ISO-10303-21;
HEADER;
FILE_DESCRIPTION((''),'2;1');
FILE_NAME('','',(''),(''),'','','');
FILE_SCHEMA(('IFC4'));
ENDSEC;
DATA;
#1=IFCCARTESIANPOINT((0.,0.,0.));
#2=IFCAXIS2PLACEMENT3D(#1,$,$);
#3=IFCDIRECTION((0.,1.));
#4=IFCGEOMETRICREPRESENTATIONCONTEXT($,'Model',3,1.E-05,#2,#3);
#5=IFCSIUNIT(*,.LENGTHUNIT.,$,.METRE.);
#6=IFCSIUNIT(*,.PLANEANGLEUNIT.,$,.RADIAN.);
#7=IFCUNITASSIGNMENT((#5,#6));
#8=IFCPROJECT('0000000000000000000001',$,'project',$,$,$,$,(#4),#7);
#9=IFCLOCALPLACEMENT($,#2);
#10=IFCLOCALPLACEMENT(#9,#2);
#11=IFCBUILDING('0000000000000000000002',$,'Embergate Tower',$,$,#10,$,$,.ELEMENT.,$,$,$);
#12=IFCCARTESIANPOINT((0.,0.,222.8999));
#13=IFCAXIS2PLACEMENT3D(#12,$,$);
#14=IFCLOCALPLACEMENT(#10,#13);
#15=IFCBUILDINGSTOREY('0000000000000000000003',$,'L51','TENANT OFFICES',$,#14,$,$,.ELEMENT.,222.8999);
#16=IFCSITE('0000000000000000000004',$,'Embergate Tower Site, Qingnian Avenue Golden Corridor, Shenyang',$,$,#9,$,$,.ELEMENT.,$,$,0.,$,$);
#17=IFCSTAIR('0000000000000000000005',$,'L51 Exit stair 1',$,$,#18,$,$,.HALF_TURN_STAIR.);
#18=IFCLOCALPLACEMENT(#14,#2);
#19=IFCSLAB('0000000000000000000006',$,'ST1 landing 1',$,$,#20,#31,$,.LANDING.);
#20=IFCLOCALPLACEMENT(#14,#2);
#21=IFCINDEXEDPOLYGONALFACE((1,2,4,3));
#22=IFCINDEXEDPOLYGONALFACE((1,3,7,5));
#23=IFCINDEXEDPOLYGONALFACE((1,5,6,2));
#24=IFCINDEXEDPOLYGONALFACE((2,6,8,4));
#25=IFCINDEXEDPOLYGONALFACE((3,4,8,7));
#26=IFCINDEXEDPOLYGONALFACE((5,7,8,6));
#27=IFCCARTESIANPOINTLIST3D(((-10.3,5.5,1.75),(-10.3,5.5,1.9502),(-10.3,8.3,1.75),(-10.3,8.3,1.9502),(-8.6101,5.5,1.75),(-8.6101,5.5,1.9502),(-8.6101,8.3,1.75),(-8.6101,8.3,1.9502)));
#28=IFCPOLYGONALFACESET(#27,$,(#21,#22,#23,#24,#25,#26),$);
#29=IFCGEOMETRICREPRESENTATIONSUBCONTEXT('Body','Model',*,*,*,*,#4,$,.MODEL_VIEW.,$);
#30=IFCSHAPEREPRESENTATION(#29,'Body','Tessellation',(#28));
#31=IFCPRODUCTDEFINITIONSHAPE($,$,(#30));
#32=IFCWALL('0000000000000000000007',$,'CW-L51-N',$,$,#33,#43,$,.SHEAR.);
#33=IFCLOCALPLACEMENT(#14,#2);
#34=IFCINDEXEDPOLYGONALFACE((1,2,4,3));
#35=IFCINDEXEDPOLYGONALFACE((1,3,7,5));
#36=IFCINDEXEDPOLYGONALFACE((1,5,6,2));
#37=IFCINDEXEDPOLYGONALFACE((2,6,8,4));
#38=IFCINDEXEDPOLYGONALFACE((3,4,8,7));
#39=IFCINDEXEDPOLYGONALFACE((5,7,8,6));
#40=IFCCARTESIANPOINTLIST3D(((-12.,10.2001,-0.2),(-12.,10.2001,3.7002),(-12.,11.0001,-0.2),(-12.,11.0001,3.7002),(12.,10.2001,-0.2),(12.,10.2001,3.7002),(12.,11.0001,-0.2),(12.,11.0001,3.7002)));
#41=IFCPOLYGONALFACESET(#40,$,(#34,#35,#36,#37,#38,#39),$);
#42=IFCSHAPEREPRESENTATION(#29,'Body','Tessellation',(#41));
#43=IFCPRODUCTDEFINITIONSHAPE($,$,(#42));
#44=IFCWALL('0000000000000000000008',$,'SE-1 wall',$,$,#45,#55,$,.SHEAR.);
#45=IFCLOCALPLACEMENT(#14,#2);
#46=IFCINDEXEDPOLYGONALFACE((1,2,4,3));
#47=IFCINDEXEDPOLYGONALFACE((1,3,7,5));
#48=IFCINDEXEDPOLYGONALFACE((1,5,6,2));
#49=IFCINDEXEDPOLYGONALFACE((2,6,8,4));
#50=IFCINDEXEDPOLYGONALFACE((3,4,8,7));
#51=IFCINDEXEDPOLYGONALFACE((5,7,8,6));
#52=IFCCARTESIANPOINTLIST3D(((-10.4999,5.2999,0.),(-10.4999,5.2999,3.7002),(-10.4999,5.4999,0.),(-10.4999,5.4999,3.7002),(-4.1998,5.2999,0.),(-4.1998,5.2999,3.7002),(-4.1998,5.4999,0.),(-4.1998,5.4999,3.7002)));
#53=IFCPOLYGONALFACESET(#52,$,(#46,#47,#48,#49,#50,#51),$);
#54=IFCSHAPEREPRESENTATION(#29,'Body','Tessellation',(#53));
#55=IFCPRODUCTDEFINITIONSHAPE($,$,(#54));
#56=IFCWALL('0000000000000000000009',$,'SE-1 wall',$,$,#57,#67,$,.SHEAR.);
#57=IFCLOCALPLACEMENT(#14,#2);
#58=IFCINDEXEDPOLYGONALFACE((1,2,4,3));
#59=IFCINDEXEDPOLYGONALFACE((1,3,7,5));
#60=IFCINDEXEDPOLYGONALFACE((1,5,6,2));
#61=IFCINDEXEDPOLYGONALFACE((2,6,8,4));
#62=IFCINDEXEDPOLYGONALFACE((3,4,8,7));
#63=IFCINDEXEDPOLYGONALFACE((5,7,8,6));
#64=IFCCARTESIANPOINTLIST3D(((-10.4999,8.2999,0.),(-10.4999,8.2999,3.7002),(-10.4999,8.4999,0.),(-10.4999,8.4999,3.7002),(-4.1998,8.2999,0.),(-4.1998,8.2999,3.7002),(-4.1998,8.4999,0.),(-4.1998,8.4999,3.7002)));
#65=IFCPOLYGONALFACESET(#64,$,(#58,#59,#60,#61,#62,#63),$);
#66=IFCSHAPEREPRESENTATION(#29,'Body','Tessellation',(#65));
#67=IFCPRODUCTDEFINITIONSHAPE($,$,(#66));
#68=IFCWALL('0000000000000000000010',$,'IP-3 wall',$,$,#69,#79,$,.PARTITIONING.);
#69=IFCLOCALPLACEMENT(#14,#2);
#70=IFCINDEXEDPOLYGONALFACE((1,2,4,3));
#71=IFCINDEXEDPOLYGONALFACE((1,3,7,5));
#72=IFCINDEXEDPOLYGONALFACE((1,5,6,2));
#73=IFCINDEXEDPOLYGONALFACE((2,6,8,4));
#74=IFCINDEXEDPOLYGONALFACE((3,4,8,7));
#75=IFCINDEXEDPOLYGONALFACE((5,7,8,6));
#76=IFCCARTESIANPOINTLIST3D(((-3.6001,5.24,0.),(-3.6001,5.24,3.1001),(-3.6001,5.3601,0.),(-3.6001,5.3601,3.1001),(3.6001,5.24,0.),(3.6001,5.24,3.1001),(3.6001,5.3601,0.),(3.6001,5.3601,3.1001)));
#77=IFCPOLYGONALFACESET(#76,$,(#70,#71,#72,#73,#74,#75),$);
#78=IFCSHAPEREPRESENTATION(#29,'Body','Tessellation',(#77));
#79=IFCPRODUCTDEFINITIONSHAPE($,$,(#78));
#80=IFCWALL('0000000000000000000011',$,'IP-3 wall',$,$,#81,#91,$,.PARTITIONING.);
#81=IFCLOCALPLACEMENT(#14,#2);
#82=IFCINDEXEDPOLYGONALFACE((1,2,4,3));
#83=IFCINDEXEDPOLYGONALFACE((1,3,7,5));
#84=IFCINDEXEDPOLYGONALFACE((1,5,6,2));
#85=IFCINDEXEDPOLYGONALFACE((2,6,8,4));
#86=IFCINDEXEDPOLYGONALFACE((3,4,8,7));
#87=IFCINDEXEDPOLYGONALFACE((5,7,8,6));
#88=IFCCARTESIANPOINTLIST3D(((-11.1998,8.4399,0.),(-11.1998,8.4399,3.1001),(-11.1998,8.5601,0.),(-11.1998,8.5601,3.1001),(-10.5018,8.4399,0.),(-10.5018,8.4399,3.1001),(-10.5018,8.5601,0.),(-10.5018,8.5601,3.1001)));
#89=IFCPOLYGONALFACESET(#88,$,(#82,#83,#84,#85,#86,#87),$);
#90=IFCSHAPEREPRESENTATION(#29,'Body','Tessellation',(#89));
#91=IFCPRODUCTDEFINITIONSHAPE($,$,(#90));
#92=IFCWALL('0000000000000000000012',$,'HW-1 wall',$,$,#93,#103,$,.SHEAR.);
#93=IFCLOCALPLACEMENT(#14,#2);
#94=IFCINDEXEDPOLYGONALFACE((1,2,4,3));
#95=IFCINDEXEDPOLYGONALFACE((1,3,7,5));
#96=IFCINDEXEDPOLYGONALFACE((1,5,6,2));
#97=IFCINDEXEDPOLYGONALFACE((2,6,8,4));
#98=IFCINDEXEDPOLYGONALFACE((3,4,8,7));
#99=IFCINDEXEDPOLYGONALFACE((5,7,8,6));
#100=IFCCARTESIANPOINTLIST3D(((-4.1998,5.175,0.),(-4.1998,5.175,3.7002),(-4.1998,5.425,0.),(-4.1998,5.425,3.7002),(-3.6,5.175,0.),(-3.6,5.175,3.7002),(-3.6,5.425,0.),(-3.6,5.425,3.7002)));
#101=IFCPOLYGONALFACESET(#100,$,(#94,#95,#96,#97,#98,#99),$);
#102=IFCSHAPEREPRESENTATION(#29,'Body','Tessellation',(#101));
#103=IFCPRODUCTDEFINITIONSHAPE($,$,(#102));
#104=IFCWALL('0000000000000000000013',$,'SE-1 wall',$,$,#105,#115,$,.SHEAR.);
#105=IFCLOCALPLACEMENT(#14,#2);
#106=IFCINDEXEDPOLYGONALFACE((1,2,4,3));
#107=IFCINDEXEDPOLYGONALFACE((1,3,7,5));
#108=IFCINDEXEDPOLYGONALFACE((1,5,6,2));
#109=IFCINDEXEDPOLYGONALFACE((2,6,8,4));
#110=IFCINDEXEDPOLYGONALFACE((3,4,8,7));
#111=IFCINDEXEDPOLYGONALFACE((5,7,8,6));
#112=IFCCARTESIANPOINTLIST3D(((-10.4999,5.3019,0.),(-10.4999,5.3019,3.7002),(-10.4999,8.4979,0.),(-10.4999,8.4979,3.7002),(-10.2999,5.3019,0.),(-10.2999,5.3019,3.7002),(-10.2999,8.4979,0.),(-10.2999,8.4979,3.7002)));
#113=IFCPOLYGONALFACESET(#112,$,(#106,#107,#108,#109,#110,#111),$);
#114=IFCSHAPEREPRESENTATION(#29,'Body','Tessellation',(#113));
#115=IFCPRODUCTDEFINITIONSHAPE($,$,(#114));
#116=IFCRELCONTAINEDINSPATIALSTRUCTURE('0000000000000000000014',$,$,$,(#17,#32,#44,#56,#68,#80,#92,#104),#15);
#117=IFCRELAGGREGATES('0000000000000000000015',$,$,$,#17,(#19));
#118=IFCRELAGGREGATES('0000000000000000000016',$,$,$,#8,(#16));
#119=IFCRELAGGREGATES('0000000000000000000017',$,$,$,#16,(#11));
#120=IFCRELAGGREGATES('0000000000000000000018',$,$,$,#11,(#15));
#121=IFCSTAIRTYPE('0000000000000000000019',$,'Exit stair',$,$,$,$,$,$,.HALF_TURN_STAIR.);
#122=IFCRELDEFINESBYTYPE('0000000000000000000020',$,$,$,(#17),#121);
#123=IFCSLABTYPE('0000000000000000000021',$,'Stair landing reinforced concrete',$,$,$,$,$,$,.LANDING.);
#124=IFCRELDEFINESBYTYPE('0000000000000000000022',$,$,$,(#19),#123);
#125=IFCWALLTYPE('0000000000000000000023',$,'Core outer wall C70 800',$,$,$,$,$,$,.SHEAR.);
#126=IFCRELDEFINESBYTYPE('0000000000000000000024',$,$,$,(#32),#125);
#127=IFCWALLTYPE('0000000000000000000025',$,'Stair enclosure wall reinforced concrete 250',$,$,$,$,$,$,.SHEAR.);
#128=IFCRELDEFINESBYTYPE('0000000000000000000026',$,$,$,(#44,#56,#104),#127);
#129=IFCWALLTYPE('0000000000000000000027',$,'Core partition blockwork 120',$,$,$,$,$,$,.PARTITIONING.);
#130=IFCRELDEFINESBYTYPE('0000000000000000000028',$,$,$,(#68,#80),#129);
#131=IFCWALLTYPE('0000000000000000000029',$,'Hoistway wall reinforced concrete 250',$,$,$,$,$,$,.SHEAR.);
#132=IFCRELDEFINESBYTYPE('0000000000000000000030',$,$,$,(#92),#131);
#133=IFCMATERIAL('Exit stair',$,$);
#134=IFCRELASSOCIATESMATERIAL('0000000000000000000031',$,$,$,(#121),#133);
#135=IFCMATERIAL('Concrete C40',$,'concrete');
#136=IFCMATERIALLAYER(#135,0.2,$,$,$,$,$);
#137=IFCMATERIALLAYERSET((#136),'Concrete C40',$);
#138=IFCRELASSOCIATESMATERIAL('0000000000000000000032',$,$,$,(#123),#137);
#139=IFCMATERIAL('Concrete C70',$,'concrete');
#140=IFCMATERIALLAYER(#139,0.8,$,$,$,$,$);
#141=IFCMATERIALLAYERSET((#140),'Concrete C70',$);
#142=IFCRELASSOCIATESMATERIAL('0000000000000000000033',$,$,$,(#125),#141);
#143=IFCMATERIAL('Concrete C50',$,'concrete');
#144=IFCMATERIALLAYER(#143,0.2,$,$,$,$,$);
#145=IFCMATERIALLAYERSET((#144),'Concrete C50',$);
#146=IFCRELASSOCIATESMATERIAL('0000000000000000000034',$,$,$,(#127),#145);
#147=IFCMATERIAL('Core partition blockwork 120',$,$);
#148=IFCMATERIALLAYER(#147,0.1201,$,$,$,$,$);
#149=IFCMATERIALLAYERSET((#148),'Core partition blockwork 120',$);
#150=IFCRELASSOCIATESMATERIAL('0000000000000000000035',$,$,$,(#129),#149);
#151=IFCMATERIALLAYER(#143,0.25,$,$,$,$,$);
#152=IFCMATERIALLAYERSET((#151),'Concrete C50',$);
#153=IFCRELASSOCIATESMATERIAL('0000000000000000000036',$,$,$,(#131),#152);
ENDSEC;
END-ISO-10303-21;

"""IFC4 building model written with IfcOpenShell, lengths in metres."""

from ifc_helpers import new_model, si_unit, direction, frame, frame_2d, origin, place, context, subcontext, project, spatial, polyline, rectangle, outline, extrude, source, transform, mapped, material, layer, layer_set, type_object, element, aggregate, save


model = new_model("IFC4")

# Units and contexts
model_context = context("Model", 3, precision=1e-05, world=origin(), true_north=direction((0.0, 1.0)))
body_context = subcontext(model_context, "Body", "Model", "MODEL_VIEW")
ifc_project = project(units=[si_unit("LENGTHUNIT", "METRE"), si_unit("PLANEANGLEUNIT", "RADIAN")], contexts=[model_context])

# Site, building, storey
site_placement = place(None, origin())
site = spatial("IfcSite", under=ifc_project, at=site_placement, Name="Embergate Tower Site, Qingnian Avenue Golden Corridor, Shenyang", CompositionType="ELEMENT", RefElevation=0.0)
building_placement = place(site_placement, origin())
building = spatial("IfcBuilding", under=site, at=building_placement, Name="Embergate Tower", CompositionType="ELEMENT")
storey_placement = place(building_placement, frame((0.0, 0.0, 222.8999)))
storey = spatial("IfcBuildingStorey", under=building, at=storey_placement, Name="L51", Description="TENANT OFFICES", CompositionType="ELEMENT", Elevation=222.8999)

# Stair, slab
ifc_material_1 = material(Name="Exit stair")
stair_type = type_object("IfcStairType", Name="Exit stair", PredefinedType="HALF_TURN_STAIR", material=ifc_material_1)
stair_placement = place(storey_placement, origin())
stair = element("IfcStair", 1, at=stair_placement, inside=storey, type_object=stair_type, Name="L51 Exit stair 1", PredefinedType="HALF_TURN_STAIR")
ifc_material_2 = material(Name="Concrete C40", Category="concrete")
ifc_layer_1 = layer(ifc_material_2, 0.2)
ifc_layer_set_1 = layer_set([ifc_layer_1], Name="Concrete C40")
slab_type = type_object("IfcSlabType", Name="Stair landing reinforced concrete", PredefinedType="LANDING", material=ifc_layer_set_1)
shared_shape_1 = source(origin(), body_context, "Body", "SweptSolid", [
    extrude(outline(polyline([(0.0, 0.0), (1.6899, 0.0), (1.6899, 2.8), (0.0, 2.8), (0.0, 0.0)])), origin(), (0.0, 0.0, 1.0), 0.2002),
])
slab_placement = place(storey_placement, frame((-10.3, 5.5, 1.75)))
slab = element("IfcSlab", 2, at=slab_placement, type_object=slab_type, Name="ST1 landing 1", PredefinedType="LANDING", context=body_context, shape_type="MappedRepresentation", body=[
    mapped(shared_shape_1, transform((0.0, 0.0, 0.0))),
])

# Walls
ifc_material_3 = material(Name="Concrete C70", Category="concrete")
ifc_layer_2 = layer(ifc_material_3, 0.8)
ifc_layer_set_2 = layer_set([ifc_layer_2], Name="Concrete C70")
wall_type_1 = type_object("IfcWallType", Name="Core outer wall C70 800", PredefinedType="SHEAR", material=ifc_layer_set_2)
shared_shape_2 = source(origin(), body_context, "Body", "SweptSolid", [
    extrude(rectangle(XDim=24.0, YDim=0.8, at=frame_2d((12.0, 0.0))), origin(), (0.0, 0.0, 1.0), 3.9001),
])
wall_1_placement = place(storey_placement, frame((-12.0, 10.6001, -0.2), z_axis=(0.0, 0.0, 1.0), x_axis=(1.0, 0.0, 0.0)))
element("IfcWall", 3, at=wall_1_placement, inside=storey, type_object=wall_type_1, Name="CW-L51-N", PredefinedType="SHEAR", context=body_context, shape_type="MappedRepresentation", body=[
    mapped(shared_shape_2, transform((0.0, 0.0, 0.0))),
])
ifc_material_4 = material(Name="Concrete C50", Category="concrete")
ifc_layer_3 = layer(ifc_material_4, 0.2)
ifc_layer_set_3 = layer_set([ifc_layer_3], Name="Concrete C50")
wall_type_2 = type_object("IfcWallType", Name="Stair enclosure wall reinforced concrete 250", PredefinedType="SHEAR", material=ifc_layer_set_3)
shared_shape_3 = source(origin(), body_context, "Body", "SweptSolid", [
    extrude(rectangle(XDim=6.3, YDim=0.2, at=frame_2d((3.1499, 0.0))), origin(), (0.0, 0.0, 1.0), 3.7002),
])
for number, where, z_axis, x_axis, name in (
    (4, (-4.2, 5.3999, 0.0), (0.0, 0.0, 1.0), (-1.0, 0.0, 0.0), "SE-1 wall"),
    (5, (-4.2, 8.3999, 0.0), (0.0, 0.0, 1.0), (-1.0, 0.0, 0.0), "SE-1 wall"),
):
    element("IfcWall", number, at=place(storey_placement, frame(where, z_axis=z_axis, x_axis=x_axis)), inside=storey, type_object=wall_type_2, Name=name, PredefinedType="SHEAR", context=body_context, shape_type="MappedRepresentation", body=[
        mapped(shared_shape_3, transform((0.0, 0.0, 0.0))),
    ])
ifc_material_5 = material(Name="Core partition blockwork 120")
ifc_layer_4 = layer(ifc_material_5, 0.1201)
ifc_layer_set_4 = layer_set([ifc_layer_4], Name="Core partition blockwork 120")
wall_type_3 = type_object("IfcWallType", Name="Core partition blockwork 120", PredefinedType="PARTITIONING", material=ifc_layer_set_4)
shared_shape_4 = source(origin(), body_context, "Body", "SweptSolid", [
    extrude(rectangle(XDim=7.2002, YDim=0.1201, at=frame_2d((3.6001, 0.0))), origin(), (0.0, 0.0, 1.0), 3.1001),
])
wall_2_placement = place(storey_placement, frame((-3.6001, 5.3, 0.0), z_axis=(0.0, 0.0, 1.0), x_axis=(1.0, 0.0, 0.0)))
element("IfcWall", 6, at=wall_2_placement, inside=storey, type_object=wall_type_3, Name="IP-3 wall", PredefinedType="PARTITIONING", context=body_context, shape_type="MappedRepresentation", body=[
    mapped(shared_shape_4, transform((0.0, 0.0, 0.0))),
])
shared_shape_5 = source(origin(), body_context, "Body", "SweptSolid", [
    extrude(rectangle(XDim=0.698, YDim=0.1201, at=frame_2d((0.3491, 0.0))), origin(), (0.0, 0.0, 1.0), 3.1001),
])
wall_3_placement = place(storey_placement, frame((-11.2, 8.5, 0.0), z_axis=(0.0, 0.0, 1.0), x_axis=(1.0, 0.0, 0.0)))
element("IfcWall", 7, at=wall_3_placement, inside=storey, type_object=wall_type_3, Name="IP-3 wall", PredefinedType="PARTITIONING", context=body_context, shape_type="MappedRepresentation", body=[
    mapped(shared_shape_5, transform((0.0, 0.0, 0.0))),
])
ifc_layer_5 = layer(ifc_material_4, 0.25)
ifc_layer_set_5 = layer_set([ifc_layer_5], Name="Concrete C50")
wall_type_4 = type_object("IfcWallType", Name="Hoistway wall reinforced concrete 250", PredefinedType="SHEAR", material=ifc_layer_set_5)
shared_shape_6 = source(origin(), body_context, "Body", "SweptSolid", [
    extrude(rectangle(XDim=0.5999, YDim=0.25, at=frame_2d((0.2998, 0.0))), origin(), (0.0, 0.0, 1.0), 3.7002),
])
wall_4_placement = place(storey_placement, frame((-3.6001, 5.3, 0.0), z_axis=(0.0, 0.0, 1.0), x_axis=(-1.0, 0.0, 0.0)))
element("IfcWall", 8, at=wall_4_placement, inside=storey, type_object=wall_type_4, Name="HW-1 wall", PredefinedType="SHEAR", context=body_context, shape_type="MappedRepresentation", body=[
    mapped(shared_shape_6, transform((0.0, 0.0, 0.0))),
])
shared_shape_7 = source(origin(), body_context, "Body", "SweptSolid", [
    extrude(rectangle(XDim=3.196, YDim=0.2, at=frame_2d((1.5981, 0.0))), origin(), (0.0, 0.0, 1.0), 3.7002),
])
wall_5_placement = place(storey_placement, frame((-10.3999, 8.498, 0.0), z_axis=(0.0, 0.0, 1.0), x_axis=(0.0, -1.0, 0.0)))
element("IfcWall", 9, at=wall_5_placement, inside=storey, type_object=wall_type_2, Name="SE-1 wall", PredefinedType="SHEAR", context=body_context, shape_type="MappedRepresentation", body=[
    mapped(shared_shape_7, transform((0.0, 0.0, 0.0))),
])

aggregate(stair, [slab])

save(model, "model.ifc")
